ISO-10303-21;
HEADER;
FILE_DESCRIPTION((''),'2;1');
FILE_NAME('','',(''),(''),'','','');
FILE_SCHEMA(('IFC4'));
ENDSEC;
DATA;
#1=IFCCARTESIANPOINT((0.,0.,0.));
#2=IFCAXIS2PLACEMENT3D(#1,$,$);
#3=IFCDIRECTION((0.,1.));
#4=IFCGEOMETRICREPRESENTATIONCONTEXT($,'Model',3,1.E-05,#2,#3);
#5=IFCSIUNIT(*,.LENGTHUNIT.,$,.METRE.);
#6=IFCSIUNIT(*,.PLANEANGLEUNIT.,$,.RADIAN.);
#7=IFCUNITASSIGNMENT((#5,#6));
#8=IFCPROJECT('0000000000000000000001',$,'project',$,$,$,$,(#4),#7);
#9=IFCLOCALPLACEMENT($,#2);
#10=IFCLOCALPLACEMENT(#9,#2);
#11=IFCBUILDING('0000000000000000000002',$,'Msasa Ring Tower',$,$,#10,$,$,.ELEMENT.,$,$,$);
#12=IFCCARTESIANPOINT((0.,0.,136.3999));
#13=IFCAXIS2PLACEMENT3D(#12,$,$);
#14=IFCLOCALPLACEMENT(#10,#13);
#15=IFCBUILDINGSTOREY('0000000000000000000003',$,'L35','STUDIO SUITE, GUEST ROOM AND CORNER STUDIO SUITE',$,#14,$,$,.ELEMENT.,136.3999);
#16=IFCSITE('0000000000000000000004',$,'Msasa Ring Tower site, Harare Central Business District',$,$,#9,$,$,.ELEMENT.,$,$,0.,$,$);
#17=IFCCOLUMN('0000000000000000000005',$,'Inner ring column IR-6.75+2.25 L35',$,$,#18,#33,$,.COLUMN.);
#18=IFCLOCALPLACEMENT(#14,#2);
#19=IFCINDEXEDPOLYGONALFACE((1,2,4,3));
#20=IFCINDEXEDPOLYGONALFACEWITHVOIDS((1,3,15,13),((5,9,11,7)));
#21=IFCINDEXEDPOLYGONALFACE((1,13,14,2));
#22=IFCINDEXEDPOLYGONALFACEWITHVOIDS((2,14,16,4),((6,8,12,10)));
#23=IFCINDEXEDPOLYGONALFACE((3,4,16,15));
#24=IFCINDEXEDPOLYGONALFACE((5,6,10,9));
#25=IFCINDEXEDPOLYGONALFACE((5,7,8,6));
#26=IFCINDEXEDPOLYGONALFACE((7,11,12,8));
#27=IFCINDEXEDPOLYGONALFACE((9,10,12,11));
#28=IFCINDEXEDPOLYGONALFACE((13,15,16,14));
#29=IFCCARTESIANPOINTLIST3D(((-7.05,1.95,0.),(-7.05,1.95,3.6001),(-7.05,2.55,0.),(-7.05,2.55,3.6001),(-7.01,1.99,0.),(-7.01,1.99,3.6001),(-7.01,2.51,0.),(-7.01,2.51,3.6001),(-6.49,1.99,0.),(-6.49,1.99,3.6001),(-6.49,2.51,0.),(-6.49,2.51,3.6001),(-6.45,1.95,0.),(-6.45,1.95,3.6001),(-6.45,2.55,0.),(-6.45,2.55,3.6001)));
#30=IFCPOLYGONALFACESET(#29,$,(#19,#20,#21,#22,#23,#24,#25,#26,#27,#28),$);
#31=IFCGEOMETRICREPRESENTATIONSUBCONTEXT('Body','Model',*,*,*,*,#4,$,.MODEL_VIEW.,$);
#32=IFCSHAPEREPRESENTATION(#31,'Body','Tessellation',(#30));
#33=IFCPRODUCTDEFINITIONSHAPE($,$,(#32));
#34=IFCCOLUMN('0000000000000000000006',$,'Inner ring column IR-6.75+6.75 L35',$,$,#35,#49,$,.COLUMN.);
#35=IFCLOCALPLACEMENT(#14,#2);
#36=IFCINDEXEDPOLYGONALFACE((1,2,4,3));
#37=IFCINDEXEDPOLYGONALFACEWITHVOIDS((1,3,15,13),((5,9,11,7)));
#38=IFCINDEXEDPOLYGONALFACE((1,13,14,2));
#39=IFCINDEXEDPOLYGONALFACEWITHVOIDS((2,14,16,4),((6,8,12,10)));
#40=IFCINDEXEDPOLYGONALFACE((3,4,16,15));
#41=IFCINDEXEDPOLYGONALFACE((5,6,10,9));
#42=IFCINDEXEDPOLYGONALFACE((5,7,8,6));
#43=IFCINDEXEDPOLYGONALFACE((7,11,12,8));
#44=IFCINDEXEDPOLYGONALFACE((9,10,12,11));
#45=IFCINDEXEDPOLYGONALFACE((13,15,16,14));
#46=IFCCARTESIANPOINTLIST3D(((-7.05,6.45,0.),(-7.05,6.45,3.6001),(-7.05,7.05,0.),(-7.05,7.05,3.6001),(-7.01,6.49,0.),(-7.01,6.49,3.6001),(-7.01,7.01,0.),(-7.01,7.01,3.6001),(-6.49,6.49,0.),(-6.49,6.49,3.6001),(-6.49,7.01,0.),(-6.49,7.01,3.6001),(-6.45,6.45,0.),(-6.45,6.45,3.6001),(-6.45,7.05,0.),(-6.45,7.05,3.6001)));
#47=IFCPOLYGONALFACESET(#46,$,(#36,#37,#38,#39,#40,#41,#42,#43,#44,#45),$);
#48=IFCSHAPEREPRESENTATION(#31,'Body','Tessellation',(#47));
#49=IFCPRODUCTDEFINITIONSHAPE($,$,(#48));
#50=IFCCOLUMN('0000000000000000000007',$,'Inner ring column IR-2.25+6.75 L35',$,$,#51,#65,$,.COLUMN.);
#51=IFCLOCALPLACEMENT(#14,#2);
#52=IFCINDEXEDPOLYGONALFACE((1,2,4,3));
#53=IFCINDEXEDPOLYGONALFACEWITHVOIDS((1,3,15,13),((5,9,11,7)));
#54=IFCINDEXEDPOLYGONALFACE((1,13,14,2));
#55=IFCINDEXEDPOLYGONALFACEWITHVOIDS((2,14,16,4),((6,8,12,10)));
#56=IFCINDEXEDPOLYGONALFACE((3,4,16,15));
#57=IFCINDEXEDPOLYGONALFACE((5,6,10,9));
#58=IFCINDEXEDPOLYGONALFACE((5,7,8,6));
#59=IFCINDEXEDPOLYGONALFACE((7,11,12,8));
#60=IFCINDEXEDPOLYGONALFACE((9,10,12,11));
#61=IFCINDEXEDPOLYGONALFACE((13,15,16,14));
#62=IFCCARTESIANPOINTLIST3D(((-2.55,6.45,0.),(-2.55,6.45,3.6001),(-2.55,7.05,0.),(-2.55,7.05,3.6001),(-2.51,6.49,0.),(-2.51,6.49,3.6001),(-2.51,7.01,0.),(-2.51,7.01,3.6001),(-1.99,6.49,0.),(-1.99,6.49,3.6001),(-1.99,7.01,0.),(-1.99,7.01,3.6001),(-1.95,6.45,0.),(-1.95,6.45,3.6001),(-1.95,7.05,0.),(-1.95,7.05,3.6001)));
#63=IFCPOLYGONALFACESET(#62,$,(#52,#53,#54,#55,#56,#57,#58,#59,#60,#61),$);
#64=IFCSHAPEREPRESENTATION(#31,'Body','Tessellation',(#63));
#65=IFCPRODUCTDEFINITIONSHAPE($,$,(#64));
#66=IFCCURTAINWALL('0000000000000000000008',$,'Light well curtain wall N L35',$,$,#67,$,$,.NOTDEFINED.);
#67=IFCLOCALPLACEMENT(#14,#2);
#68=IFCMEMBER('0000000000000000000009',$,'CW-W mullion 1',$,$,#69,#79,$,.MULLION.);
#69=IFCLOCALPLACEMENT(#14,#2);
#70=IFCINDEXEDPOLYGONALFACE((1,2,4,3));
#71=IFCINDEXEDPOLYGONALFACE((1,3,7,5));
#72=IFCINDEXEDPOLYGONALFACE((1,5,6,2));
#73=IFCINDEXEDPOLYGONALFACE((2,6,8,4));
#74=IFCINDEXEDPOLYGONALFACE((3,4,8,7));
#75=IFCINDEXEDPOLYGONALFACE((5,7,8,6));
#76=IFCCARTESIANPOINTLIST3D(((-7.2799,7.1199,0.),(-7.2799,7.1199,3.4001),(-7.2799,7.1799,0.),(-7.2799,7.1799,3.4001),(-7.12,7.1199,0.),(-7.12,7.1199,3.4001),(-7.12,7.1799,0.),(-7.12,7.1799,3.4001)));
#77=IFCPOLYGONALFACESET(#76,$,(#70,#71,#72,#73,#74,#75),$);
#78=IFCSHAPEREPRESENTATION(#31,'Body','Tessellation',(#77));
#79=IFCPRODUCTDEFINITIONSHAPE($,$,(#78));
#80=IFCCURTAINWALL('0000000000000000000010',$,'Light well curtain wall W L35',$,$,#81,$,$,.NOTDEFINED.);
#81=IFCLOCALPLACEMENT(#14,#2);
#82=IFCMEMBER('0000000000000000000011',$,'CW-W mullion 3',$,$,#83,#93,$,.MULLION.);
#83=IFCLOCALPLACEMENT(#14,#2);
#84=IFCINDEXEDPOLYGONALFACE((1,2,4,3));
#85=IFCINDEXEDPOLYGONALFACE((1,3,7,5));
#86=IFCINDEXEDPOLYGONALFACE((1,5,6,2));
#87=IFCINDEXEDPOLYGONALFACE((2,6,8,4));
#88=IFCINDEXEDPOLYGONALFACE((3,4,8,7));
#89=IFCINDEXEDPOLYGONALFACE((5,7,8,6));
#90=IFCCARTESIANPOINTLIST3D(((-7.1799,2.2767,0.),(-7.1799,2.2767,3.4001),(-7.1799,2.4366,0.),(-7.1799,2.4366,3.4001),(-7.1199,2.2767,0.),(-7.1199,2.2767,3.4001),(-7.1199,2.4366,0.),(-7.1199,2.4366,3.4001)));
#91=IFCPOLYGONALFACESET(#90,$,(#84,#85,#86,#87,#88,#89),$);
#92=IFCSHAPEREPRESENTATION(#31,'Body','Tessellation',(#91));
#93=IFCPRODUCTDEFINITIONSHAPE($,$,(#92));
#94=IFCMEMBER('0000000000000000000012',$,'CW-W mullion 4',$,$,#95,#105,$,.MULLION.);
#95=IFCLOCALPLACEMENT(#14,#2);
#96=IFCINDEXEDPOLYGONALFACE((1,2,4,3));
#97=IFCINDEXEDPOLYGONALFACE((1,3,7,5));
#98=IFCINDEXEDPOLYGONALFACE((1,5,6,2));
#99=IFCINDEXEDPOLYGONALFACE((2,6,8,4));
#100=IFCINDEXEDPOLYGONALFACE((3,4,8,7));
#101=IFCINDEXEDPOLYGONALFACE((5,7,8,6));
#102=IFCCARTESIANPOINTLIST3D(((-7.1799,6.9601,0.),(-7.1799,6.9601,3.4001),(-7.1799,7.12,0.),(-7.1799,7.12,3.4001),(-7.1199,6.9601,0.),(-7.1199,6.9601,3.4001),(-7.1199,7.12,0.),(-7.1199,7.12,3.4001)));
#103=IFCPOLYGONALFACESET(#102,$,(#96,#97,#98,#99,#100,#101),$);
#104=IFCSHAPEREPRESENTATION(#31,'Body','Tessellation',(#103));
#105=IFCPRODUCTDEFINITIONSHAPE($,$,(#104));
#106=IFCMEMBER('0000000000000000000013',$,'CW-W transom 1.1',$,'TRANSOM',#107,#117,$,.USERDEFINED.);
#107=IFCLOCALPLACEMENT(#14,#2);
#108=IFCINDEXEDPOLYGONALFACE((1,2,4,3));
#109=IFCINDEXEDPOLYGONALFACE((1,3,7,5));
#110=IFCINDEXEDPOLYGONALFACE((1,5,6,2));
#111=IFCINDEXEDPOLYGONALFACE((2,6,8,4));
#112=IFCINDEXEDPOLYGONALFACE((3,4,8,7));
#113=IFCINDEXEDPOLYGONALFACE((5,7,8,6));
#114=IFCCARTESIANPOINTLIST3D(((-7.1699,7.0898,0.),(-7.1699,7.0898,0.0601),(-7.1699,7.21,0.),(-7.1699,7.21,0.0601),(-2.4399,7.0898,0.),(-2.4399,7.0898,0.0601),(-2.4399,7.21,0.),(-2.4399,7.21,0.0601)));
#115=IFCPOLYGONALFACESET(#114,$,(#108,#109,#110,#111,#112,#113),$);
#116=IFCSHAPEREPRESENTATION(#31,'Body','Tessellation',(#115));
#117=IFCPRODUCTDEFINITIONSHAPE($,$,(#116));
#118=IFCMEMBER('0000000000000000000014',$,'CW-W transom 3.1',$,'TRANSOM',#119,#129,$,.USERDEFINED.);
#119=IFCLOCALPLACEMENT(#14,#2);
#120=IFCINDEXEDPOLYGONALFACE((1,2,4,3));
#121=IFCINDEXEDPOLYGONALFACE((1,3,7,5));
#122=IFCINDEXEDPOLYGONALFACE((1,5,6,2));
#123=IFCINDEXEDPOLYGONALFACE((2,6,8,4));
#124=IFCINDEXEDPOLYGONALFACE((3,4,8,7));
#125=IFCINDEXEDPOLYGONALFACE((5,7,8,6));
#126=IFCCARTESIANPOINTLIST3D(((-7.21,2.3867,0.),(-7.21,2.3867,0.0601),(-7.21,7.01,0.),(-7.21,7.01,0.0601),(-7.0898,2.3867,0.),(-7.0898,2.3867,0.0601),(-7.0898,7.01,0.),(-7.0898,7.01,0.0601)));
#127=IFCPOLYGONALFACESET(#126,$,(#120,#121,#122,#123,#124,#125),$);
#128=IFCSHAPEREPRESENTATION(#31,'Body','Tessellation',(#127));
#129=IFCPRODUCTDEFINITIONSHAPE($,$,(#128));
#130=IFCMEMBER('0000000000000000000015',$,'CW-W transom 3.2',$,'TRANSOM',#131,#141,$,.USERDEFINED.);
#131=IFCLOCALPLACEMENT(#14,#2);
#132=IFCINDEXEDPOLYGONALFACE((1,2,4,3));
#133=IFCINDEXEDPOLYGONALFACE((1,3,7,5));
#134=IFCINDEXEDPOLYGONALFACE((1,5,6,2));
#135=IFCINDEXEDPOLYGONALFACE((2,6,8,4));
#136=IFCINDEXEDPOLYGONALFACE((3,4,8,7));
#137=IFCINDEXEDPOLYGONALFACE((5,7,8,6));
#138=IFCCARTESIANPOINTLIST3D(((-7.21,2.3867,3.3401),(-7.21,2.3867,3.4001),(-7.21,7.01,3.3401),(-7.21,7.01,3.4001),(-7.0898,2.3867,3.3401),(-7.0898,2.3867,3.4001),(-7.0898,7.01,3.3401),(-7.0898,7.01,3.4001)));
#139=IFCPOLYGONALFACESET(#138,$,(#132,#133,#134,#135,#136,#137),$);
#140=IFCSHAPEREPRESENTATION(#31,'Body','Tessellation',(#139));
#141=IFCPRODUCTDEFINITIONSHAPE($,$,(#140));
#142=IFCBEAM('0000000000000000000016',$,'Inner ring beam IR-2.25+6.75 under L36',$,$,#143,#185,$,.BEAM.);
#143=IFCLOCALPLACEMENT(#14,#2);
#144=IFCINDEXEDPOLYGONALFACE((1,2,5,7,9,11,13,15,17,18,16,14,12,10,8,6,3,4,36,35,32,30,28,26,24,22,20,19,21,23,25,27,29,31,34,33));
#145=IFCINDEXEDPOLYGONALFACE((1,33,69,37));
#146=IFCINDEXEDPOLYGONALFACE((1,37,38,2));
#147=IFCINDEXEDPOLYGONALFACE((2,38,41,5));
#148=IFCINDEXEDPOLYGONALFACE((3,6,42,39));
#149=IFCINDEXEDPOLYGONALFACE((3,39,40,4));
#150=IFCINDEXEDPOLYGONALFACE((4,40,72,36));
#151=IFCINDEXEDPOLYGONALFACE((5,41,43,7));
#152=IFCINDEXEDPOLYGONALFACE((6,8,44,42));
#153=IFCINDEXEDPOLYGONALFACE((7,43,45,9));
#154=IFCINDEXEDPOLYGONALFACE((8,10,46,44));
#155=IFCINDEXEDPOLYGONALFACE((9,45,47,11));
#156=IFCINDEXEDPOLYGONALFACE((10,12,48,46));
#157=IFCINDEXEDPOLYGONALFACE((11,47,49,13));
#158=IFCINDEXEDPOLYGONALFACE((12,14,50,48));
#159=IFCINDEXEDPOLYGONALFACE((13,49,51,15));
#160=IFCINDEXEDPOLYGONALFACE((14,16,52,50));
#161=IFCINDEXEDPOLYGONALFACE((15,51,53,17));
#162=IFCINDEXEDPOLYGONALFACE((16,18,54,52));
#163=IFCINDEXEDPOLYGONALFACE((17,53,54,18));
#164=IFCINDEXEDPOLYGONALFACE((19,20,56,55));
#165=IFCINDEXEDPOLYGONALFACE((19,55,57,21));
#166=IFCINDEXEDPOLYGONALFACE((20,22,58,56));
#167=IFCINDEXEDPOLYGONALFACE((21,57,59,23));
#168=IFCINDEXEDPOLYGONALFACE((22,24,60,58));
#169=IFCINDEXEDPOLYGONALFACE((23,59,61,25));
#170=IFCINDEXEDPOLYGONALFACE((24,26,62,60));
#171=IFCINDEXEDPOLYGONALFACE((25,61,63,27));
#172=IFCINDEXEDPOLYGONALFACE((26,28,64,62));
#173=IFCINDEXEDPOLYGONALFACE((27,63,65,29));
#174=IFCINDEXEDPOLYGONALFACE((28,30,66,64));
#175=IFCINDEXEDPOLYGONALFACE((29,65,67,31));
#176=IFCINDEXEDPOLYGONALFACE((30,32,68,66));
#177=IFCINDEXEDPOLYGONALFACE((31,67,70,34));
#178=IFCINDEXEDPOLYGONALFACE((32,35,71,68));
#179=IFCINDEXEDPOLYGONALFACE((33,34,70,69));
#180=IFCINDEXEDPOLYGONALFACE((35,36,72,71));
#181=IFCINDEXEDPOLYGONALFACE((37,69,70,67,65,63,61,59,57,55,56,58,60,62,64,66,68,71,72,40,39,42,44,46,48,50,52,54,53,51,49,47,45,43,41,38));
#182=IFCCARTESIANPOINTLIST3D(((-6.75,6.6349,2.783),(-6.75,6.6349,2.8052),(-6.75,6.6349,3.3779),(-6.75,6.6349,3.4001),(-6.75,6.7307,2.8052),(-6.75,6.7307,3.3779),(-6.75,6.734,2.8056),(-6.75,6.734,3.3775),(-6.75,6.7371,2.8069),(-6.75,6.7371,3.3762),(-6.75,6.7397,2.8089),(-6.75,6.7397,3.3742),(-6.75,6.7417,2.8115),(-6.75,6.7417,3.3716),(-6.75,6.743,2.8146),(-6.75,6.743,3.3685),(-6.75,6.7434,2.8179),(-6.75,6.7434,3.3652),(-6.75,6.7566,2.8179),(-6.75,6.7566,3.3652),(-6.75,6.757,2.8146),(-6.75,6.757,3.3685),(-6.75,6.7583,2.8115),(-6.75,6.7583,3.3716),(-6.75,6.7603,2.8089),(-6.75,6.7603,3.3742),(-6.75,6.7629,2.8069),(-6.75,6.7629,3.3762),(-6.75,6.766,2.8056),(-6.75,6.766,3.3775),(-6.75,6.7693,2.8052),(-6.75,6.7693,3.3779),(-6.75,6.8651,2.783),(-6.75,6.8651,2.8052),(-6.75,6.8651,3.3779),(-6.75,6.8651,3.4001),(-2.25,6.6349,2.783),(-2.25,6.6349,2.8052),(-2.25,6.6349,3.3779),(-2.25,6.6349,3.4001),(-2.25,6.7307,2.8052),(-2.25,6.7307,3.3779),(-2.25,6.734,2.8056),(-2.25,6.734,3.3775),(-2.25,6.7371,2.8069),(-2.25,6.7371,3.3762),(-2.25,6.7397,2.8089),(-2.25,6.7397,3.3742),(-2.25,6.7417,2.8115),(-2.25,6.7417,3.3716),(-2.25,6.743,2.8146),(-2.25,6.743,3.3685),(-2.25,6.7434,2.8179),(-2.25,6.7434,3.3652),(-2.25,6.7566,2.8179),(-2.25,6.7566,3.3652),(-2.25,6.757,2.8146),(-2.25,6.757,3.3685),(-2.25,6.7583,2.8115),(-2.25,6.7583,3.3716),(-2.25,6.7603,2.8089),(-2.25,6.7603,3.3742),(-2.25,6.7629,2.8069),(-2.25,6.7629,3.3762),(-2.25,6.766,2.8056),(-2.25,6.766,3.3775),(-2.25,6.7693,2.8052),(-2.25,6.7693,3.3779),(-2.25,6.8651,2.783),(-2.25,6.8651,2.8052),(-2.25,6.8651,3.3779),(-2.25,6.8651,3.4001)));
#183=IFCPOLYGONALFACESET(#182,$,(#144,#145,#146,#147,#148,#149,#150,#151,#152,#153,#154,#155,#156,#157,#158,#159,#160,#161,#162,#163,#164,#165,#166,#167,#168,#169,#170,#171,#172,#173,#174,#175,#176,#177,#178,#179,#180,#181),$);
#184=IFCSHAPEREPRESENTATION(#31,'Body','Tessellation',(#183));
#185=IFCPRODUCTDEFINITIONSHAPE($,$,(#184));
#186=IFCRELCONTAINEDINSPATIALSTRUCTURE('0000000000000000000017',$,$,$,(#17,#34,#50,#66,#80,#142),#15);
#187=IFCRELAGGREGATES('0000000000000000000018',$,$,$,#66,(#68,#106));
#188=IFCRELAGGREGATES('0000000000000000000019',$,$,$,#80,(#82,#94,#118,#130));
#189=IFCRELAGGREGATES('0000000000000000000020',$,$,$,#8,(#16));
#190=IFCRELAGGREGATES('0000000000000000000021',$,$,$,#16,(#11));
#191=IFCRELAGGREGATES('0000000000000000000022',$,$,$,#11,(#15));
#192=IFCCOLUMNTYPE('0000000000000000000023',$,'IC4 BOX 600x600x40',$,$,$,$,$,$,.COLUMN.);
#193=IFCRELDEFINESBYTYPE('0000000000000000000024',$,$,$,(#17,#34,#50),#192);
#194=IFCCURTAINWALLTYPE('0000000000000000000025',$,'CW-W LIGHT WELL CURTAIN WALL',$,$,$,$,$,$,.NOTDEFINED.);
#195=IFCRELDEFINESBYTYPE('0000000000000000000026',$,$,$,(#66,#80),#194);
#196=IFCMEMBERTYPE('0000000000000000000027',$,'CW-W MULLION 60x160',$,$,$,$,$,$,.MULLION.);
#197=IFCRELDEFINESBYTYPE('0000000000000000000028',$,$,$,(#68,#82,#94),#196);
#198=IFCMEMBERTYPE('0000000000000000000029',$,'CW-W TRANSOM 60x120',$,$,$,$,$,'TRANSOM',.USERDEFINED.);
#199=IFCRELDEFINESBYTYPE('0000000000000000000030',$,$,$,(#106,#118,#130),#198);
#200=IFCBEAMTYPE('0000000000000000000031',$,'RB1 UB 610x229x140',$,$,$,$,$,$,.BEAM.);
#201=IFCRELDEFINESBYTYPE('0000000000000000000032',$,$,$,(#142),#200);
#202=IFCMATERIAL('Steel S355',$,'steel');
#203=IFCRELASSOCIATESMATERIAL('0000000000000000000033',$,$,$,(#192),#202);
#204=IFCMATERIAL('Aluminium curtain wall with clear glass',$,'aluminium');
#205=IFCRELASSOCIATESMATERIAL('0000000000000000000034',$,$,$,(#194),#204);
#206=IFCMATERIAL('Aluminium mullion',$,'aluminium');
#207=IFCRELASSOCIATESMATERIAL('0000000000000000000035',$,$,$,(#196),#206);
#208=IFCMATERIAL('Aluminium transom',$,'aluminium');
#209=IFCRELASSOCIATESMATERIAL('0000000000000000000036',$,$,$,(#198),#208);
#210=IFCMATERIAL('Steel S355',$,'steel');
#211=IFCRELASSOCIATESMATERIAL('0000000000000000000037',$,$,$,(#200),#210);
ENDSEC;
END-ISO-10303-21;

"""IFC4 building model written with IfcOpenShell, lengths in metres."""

from ifc_helpers import new_model, si_unit, direction, frame, origin, origin_2d, place, context, subcontext, project, spatial, rectangle, hollow_rectangle, i_section, extrude, material, material_profile, profile_set, type_object, element, aggregate, save


model = new_model("IFC4")

# Units and contexts
model_context = context("Model", 3, precision=1e-05, world=origin(), true_north=direction((0.0, 1.0)))
body_context = subcontext(model_context, "Body", "Model", "MODEL_VIEW")
ifc_project = project(units=[si_unit("LENGTHUNIT", "METRE"), si_unit("PLANEANGLEUNIT", "RADIAN")], contexts=[model_context])

# Site, building, storey
site_placement = place(None, origin())
site = spatial("IfcSite", under=ifc_project, at=site_placement, Name="Msasa Ring Tower site, Harare Central Business District", CompositionType="ELEMENT", RefElevation=0.0)
building_placement = place(site_placement, origin())
building = spatial("IfcBuilding", under=site, at=building_placement, Name="Msasa Ring Tower", CompositionType="ELEMENT")
storey_placement = place(building_placement, frame((0.0, 0.0, 136.3999)))
storey = spatial("IfcBuildingStorey", under=building, at=storey_placement, Name="L35", Description="STUDIO SUITE, GUEST ROOM AND CORNER STUDIO SUITE", CompositionType="ELEMENT", Elevation=136.3999)

# Columns
ifc_material_1 = material(Name="Steel S355", Category="steel")
ifc_material_profile_1 = material_profile(ifc_material_1, hollow_rectangle(XDim=0.6001, YDim=0.6001, WallThickness=0.04, at=origin_2d()), Name="BOX 600x600x40")
ifc_profile_set_1 = profile_set([ifc_material_profile_1], Name="Steel S355")
column_type = type_object("IfcColumnType", Name="IC4 BOX 600x600x40", PredefinedType="COLUMN", material=ifc_profile_set_1)
for number, where, z_axis, x_axis, name in (
    (1, (-6.75, 2.25, 0.0), (0.0, 0.0, 1.0), (1.0, 0.0, 0.0), "Inner ring column IR-6.75+2.25 L35"),
    (2, (-6.75, 6.75, 0.0), (0.0, 0.0, 1.0), (1.0, 0.0, 0.0), "Inner ring column IR-6.75+6.75 L35"),
    (3, (-2.25, 6.75, 0.0), (0.0, 0.0, 1.0), (1.0, 0.0, 0.0), "Inner ring column IR-2.25+6.75 L35"),
):
    element("IfcColumn", number, at=place(storey_placement, frame(where, z_axis=z_axis, x_axis=x_axis)), inside=storey, type_object=column_type, Name=name, PredefinedType="COLUMN", context=body_context, shape_type="SweptSolid", body=[
        extrude(hollow_rectangle(XDim=0.6001, YDim=0.6001, WallThickness=0.04, at=origin_2d()), origin(), (0.0, 0.0, 1.0), 3.6001),
    ])

# Curtain wall, member
ifc_material_2 = material(Name="Aluminium curtain wall with clear glass", Category="aluminium")
curtain_wall_type = type_object("IfcCurtainWallType", Name="CW-W LIGHT WELL CURTAIN WALL", PredefinedType="NOTDEFINED", material=ifc_material_2)
curtain_wall_1_placement = place(storey_placement, origin())
curtain_wall_1 = element("IfcCurtainWall", 4, at=curtain_wall_1_placement, inside=storey, type_object=curtain_wall_type, Name="Light well curtain wall N L35", PredefinedType="NOTDEFINED")
ifc_material_3 = material(Name="Aluminium mullion", Category="aluminium")
ifc_material_profile_2 = material_profile(ifc_material_3, rectangle(XDim=0.0601, YDim=0.1599, at=origin_2d()), Name="AL 60x160")
ifc_profile_set_2 = profile_set([ifc_material_profile_2], Name="Aluminium mullion")
member_type_1 = type_object("IfcMemberType", Name="CW-W MULLION 60x160", PredefinedType="MULLION", material=ifc_profile_set_2)
member_1_placement = place(storey_placement, frame((-7.2, 7.1499, 0.0), z_axis=(0.0, 0.0, 1.0), x_axis=(0.0, 1.0, 0.0)))
member_1 = element("IfcMember", 5, at=member_1_placement, type_object=member_type_1, Name="CW-W mullion 1", PredefinedType="MULLION", context=body_context, shape_type="SweptSolid", body=[
    extrude(rectangle(XDim=0.0601, YDim=0.1599, at=origin_2d()), origin(), (0.0, 0.0, 1.0), 3.4001),
])

# Curtain wall, members
curtain_wall_2_placement = place(storey_placement, origin())
curtain_wall_2 = element("IfcCurtainWall", 6, at=curtain_wall_2_placement, inside=storey, type_object=curtain_wall_type, Name="Light well curtain wall W L35", PredefinedType="NOTDEFINED")
member_2_placement = place(storey_placement, frame((-7.1499, 2.3567, 0.0), z_axis=(0.0, 0.0, 1.0), x_axis=(-1.0, 0.0, 0.0)))
member_2 = element("IfcMember", 7, at=member_2_placement, type_object=member_type_1, Name="CW-W mullion 3", PredefinedType="MULLION", context=body_context, shape_type="SweptSolid", body=[
    extrude(rectangle(XDim=0.0601, YDim=0.1599, at=origin_2d()), origin(), (0.0, 0.0, 1.0), 3.4001),
])
member_3_placement = place(storey_placement, frame((-7.1499, 7.04, 0.0), z_axis=(0.0, 0.0, 1.0), x_axis=(-1.0, 0.0, 0.0)))
member_3 = element("IfcMember", 8, at=member_3_placement, type_object=member_type_1, Name="CW-W mullion 4", PredefinedType="MULLION", context=body_context, shape_type="SweptSolid", body=[
    extrude(rectangle(XDim=0.0601, YDim=0.1599, at=origin_2d()), origin(), (0.0, 0.0, 1.0), 3.4001),
])

# Members
ifc_material_4 = material(Name="Aluminium transom", Category="aluminium")
ifc_material_profile_3 = material_profile(ifc_material_4, rectangle(XDim=0.1201, YDim=0.0601, at=origin_2d()), Name="AL 60x120")
ifc_profile_set_3 = profile_set([ifc_material_profile_3], Name="Aluminium transom")
member_type_2 = type_object("IfcMemberType", Name="CW-W TRANSOM 60x120", ElementType="TRANSOM", PredefinedType="USERDEFINED", material=ifc_profile_set_3)
member_4_placement = place(storey_placement, frame((-7.1699, 7.1499, 0.03), z_axis=(1.0, 0.0, 0.0), x_axis=(0.0, 1.0, 0.0)))
member_4 = element("IfcMember", 9, at=member_4_placement, type_object=member_type_2, Name="CW-W transom 1.1", ObjectType="TRANSOM", PredefinedType="USERDEFINED", context=body_context, shape_type="SweptSolid", body=[
    extrude(rectangle(XDim=0.1201, YDim=0.0601, at=origin_2d()), origin(), (0.0, 0.0, 1.0), 4.73),
])
aggregate(curtain_wall_1, [member_1, member_4])
member_5_placement = place(storey_placement, frame((-7.1499, 2.3867, 0.03), z_axis=(0.0, 1.0, 0.0), x_axis=(-1.0, 0.0, 0.0)))
member_5 = element("IfcMember", 10, at=member_5_placement, type_object=member_type_2, Name="CW-W transom 3.1", ObjectType="TRANSOM", PredefinedType="USERDEFINED", context=body_context, shape_type="SweptSolid", body=[
    extrude(rectangle(XDim=0.1201, YDim=0.0601, at=origin_2d()), origin(), (0.0, 0.0, 1.0), 4.6233),
])
member_6_placement = place(storey_placement, frame((-7.1499, 2.3867, 3.3701), z_axis=(0.0, 1.0, 0.0), x_axis=(-1.0, 0.0, 0.0)))
member_6 = element("IfcMember", 11, at=member_6_placement, type_object=member_type_2, Name="CW-W transom 3.2", ObjectType="TRANSOM", PredefinedType="USERDEFINED", context=body_context, shape_type="SweptSolid", body=[
    extrude(rectangle(XDim=0.1201, YDim=0.0601, at=origin_2d()), origin(), (0.0, 0.0, 1.0), 4.6233),
])

# Beam
ifc_material_5 = material(Name="Steel S355", Category="steel")
ifc_material_profile_4 = material_profile(ifc_material_5, i_section(OverallWidth=0.2302, OverallDepth=0.6172, WebThickness=0.0132, FlangeThickness=0.0222, FilletRadius=0.0127, at=origin_2d()), Name="UB 610x229x140")
ifc_profile_set_4 = profile_set([ifc_material_profile_4], Name="Steel S355")
beam_type = type_object("IfcBeamType", Name="RB1 UB 610x229x140", PredefinedType="BEAM", material=ifc_profile_set_4)
for number, where, z_axis, x_axis, name in (
    (12, (-2.25, 6.75, 3.0916), (-1.0, 0.0, 0.0), (0.0, -1.0, 0.0), "Inner ring beam IR-2.25+6.75 under L36"),
):
    element("IfcBeam", number, at=place(storey_placement, frame(where, z_axis=z_axis, x_axis=x_axis)), inside=storey, type_object=beam_type, Name=name, PredefinedType="BEAM", context=body_context, shape_type="SweptSolid", body=[
        extrude(i_section(OverallWidth=0.2302, OverallDepth=0.6172, WebThickness=0.0132, FlangeThickness=0.0222, FilletRadius=0.0127, at=origin_2d()), origin(), (0.0, 0.0, 1.0), 4.5),
    ])

aggregate(curtain_wall_2, [member_2, member_3, member_5, member_6])

save(model, "model.ifc")
